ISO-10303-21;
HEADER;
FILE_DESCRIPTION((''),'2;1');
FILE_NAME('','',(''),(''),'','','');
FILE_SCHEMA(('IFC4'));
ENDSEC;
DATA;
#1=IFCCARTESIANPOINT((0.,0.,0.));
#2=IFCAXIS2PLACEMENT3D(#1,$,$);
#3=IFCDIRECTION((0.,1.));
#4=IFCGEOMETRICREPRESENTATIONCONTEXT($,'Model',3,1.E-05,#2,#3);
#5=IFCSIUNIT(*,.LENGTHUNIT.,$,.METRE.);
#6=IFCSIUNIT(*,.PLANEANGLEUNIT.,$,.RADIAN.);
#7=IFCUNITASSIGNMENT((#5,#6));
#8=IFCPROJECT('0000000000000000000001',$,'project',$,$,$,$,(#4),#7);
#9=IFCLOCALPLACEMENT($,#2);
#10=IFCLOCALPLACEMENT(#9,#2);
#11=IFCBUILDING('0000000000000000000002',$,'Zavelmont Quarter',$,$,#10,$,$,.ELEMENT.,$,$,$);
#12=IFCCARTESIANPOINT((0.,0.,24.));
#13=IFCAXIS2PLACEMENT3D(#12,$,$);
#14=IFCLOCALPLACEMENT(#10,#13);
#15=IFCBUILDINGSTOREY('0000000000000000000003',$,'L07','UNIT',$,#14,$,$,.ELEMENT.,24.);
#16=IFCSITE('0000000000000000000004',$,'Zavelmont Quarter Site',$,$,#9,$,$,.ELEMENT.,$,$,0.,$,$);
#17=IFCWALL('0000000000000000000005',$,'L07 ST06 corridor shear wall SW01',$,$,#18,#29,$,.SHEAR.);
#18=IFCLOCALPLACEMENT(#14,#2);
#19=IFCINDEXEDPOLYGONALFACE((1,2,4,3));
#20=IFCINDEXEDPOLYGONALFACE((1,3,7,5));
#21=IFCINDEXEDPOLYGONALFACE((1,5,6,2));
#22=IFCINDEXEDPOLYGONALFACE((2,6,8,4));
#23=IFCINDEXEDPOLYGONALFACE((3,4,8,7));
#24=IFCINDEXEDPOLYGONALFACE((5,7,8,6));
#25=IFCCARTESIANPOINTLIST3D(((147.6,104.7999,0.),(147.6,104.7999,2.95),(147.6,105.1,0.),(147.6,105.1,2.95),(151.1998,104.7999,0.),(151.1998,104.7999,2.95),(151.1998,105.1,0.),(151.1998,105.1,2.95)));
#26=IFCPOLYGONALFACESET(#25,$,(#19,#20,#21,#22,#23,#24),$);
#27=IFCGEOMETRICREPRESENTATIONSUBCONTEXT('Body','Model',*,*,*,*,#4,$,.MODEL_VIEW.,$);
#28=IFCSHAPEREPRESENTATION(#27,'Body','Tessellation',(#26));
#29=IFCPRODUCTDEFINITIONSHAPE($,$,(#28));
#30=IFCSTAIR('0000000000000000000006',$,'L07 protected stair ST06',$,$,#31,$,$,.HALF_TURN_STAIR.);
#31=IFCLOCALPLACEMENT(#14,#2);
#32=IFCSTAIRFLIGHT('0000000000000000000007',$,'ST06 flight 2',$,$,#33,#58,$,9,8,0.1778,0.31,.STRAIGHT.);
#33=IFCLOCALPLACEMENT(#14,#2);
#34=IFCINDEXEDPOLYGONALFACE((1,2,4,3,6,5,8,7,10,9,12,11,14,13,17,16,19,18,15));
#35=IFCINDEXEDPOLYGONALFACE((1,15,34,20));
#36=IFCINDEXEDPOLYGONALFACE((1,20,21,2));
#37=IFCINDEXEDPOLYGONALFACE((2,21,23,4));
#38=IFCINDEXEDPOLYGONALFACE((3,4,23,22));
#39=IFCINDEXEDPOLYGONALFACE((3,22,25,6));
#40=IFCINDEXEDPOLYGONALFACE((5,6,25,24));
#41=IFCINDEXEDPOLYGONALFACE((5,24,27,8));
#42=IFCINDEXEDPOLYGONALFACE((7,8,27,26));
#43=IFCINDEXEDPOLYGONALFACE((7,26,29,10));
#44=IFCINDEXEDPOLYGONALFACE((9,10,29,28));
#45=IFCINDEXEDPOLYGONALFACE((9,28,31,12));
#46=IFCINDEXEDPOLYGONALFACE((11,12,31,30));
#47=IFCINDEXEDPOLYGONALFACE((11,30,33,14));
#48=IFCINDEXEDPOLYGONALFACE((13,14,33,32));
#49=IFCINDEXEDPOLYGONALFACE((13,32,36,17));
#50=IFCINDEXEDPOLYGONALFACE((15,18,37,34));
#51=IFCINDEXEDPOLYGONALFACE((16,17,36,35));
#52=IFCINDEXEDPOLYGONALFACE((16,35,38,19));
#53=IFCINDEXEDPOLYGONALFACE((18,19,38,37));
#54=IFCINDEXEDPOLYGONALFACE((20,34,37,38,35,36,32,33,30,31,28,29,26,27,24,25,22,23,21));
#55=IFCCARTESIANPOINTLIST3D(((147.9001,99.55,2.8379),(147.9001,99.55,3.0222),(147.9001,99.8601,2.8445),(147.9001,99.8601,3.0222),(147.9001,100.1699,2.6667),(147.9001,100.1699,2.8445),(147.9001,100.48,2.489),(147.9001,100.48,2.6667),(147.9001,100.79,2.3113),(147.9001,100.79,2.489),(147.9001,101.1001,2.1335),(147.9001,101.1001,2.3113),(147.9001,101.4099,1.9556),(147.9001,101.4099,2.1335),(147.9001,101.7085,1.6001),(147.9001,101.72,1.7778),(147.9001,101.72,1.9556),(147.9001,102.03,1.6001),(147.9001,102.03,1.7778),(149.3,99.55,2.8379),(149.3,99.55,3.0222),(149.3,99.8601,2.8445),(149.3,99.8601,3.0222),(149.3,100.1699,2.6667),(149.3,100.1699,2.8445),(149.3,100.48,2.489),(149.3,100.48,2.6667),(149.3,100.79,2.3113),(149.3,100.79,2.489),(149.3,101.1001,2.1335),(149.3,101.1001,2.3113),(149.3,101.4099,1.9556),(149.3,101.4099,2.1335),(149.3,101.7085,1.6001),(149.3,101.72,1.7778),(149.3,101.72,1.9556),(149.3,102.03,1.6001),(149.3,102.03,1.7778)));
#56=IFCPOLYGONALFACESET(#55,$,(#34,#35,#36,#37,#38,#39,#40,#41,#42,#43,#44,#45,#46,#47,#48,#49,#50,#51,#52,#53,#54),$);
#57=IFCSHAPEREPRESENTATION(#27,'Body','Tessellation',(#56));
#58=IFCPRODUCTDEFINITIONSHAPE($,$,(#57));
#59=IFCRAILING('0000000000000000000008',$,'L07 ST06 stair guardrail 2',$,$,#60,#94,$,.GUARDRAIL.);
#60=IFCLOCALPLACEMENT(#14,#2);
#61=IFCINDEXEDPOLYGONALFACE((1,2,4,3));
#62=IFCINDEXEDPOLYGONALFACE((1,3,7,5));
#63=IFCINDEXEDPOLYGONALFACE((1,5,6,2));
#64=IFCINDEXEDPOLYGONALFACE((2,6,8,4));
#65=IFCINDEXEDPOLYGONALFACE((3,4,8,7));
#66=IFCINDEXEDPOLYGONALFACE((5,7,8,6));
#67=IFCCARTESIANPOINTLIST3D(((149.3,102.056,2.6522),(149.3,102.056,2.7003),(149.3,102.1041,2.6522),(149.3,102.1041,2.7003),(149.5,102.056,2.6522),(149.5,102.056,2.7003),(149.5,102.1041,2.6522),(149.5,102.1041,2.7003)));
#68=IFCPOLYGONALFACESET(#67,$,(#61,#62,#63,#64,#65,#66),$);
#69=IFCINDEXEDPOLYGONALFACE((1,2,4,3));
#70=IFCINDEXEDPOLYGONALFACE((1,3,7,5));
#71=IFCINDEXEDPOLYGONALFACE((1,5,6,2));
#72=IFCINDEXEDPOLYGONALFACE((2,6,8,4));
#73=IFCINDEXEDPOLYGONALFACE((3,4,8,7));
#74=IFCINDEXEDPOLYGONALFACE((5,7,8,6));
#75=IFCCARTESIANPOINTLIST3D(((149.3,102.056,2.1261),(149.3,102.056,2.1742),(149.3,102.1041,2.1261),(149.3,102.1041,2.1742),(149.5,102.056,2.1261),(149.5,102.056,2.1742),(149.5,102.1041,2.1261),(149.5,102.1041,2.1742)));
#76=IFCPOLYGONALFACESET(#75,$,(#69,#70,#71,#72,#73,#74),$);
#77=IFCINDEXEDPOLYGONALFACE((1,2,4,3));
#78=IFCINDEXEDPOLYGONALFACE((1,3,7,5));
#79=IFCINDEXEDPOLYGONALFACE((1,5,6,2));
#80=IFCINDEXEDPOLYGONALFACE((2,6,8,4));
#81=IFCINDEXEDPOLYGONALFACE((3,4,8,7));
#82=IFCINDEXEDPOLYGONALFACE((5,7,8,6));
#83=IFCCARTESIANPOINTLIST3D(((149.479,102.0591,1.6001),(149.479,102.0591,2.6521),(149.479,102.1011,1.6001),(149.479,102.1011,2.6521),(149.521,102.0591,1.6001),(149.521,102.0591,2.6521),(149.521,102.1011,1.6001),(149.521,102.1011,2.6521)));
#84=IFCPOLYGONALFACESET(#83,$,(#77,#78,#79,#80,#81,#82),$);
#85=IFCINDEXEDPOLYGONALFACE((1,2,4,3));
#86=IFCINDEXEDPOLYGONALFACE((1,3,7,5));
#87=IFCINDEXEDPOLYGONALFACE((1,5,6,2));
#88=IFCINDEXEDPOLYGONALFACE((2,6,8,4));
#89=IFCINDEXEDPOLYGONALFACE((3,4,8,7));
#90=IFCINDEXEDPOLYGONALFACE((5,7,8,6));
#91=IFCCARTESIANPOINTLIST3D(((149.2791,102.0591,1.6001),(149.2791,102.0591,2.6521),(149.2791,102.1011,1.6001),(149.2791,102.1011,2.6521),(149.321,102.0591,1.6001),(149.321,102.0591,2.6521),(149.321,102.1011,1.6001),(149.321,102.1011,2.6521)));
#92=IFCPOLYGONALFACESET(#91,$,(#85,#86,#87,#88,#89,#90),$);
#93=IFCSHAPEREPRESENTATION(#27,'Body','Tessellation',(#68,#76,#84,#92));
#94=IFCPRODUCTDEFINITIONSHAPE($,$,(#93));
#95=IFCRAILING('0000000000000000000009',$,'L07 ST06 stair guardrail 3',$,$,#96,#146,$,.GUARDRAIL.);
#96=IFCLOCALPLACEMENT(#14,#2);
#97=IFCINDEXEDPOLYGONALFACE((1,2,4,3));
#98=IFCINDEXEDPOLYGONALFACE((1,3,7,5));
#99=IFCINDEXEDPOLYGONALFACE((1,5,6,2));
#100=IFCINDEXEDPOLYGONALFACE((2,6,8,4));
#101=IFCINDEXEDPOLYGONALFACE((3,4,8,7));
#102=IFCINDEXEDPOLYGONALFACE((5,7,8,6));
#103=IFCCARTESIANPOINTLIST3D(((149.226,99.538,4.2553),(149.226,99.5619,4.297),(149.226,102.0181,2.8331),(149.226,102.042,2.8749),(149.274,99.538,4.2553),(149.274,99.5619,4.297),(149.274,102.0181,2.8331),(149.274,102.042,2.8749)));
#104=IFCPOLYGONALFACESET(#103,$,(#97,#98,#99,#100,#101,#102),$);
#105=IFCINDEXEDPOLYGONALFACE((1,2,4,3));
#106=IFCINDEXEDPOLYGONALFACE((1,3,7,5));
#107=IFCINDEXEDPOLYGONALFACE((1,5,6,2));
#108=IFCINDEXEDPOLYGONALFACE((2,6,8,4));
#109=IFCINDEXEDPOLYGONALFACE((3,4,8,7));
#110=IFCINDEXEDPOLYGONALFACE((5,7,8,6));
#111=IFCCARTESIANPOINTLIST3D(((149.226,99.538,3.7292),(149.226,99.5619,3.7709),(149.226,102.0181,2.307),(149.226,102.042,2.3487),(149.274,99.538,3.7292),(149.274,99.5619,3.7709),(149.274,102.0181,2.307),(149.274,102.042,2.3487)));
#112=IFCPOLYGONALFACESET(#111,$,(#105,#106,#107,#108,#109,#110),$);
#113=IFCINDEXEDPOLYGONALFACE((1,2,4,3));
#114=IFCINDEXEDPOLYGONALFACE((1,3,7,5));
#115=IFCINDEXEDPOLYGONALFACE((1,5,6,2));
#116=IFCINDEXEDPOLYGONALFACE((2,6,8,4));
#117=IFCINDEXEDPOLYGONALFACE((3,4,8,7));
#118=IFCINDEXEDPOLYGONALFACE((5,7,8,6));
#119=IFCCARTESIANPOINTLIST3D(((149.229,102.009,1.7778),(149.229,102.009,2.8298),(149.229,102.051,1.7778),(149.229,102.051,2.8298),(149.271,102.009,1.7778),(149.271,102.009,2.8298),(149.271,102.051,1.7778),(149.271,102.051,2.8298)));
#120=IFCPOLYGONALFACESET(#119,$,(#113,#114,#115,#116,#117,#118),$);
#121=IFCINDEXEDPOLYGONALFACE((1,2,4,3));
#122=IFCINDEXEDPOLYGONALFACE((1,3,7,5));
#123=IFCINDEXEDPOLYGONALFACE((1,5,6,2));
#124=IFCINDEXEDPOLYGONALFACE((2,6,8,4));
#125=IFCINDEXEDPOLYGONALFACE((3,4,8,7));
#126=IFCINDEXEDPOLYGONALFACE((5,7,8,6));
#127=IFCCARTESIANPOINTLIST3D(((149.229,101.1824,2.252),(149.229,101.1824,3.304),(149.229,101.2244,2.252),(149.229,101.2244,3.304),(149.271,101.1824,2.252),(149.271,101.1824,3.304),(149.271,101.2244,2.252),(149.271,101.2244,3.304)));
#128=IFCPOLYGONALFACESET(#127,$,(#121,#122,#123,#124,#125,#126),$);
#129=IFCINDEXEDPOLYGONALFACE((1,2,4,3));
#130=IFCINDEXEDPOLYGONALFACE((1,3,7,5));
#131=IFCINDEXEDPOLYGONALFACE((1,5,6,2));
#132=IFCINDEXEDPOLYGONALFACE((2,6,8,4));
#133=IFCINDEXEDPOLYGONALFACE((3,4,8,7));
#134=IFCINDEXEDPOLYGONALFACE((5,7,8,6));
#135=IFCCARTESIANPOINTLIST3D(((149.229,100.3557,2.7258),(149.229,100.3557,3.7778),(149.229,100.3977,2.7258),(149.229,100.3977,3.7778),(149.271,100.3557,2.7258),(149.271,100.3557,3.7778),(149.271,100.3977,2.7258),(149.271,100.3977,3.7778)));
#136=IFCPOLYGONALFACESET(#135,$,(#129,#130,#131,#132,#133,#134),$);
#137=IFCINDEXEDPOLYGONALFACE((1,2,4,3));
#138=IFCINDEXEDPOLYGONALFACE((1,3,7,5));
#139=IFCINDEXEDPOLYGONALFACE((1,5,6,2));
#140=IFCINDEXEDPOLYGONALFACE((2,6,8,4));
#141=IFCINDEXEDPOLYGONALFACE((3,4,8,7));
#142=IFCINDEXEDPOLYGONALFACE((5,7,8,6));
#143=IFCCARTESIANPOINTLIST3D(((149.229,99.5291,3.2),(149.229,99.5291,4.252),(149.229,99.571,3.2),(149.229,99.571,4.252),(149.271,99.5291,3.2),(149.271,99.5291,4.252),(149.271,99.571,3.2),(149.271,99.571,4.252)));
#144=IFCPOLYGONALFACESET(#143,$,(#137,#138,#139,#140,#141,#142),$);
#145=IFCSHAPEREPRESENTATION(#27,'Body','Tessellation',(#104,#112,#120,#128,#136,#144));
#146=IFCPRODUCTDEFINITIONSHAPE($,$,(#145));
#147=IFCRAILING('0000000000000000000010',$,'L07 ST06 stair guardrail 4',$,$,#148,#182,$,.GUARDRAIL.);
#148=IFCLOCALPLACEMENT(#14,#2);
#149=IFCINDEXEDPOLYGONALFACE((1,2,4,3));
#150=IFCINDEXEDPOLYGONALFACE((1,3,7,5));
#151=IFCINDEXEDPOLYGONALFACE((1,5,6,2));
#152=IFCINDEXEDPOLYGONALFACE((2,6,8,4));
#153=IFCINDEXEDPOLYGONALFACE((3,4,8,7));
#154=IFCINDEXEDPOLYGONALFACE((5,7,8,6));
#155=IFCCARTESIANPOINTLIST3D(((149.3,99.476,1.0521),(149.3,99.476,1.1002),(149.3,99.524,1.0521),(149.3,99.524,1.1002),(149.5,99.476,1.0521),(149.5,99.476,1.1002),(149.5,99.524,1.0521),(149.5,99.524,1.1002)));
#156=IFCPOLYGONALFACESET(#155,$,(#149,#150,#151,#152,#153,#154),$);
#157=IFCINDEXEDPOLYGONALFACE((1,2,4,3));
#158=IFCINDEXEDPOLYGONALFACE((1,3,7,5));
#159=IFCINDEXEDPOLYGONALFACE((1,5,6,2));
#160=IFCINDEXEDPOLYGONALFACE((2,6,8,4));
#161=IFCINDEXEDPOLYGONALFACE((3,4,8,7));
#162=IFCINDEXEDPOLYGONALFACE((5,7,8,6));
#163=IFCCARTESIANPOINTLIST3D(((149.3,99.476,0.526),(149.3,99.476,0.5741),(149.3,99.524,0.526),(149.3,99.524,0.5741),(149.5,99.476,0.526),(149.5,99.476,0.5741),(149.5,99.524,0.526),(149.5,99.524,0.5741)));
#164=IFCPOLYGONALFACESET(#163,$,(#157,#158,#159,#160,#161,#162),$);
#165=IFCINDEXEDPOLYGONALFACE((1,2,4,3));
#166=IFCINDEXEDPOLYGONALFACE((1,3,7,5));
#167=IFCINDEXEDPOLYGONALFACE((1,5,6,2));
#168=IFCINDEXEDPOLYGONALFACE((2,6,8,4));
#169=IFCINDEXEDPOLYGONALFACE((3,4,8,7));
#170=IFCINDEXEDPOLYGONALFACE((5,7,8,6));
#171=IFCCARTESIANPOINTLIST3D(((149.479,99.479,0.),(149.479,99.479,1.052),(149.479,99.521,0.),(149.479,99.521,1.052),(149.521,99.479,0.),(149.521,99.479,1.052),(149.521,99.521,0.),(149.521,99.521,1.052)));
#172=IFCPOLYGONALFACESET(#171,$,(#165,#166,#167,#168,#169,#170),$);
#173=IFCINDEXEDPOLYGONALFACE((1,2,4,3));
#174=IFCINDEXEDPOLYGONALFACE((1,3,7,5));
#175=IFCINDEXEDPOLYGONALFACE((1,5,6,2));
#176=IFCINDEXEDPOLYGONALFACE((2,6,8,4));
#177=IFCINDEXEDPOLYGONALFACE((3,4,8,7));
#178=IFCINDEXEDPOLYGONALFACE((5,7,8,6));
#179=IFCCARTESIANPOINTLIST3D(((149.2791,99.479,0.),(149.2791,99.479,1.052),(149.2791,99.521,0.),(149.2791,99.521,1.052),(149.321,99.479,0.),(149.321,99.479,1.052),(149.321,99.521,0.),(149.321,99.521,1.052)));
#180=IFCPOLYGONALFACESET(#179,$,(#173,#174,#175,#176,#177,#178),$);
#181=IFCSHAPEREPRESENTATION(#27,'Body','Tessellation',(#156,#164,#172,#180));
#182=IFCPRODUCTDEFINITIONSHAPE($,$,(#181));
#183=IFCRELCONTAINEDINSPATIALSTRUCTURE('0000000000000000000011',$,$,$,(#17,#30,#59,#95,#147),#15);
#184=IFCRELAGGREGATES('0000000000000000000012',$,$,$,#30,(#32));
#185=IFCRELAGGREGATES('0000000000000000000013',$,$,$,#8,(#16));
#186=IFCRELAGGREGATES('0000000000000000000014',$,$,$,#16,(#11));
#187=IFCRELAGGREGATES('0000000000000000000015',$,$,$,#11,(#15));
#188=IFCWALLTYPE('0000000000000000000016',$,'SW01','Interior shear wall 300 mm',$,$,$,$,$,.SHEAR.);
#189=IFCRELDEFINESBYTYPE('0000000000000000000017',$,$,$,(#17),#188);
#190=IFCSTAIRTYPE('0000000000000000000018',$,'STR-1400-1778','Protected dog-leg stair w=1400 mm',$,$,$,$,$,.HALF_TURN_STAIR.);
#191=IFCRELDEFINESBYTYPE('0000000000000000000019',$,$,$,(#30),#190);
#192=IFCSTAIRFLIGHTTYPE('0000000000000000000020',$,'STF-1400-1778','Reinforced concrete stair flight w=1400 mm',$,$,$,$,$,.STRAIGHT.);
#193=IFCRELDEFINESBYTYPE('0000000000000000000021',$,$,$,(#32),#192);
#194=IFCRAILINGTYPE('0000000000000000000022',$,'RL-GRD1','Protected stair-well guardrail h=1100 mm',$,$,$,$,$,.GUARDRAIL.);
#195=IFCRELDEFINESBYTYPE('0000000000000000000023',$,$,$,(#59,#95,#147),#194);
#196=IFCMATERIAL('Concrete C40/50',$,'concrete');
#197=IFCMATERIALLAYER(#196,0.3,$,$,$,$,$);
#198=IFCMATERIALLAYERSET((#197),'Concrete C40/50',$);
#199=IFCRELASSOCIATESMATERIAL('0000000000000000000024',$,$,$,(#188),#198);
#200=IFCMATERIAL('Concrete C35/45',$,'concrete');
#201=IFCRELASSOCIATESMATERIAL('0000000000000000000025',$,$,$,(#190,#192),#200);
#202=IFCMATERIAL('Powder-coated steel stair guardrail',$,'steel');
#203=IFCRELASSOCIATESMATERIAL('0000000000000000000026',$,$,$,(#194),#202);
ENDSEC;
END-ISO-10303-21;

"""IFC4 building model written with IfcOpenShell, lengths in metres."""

from ifc_helpers import new_model, si_unit, direction, frame, frame_2d, origin, origin_2d, place, context, subcontext, project, spatial, polyline, rectangle, outline, extrude, material, layer, layer_set, type_object, element, aggregate, save


model = new_model("IFC4")

# Units and contexts
model_context = context("Model", 3, precision=1e-05, world=origin(), true_north=direction((0.0, 1.0)))
body_context = subcontext(model_context, "Body", "Model", "MODEL_VIEW")
ifc_project = project(units=[si_unit("LENGTHUNIT", "METRE"), si_unit("PLANEANGLEUNIT", "RADIAN")], contexts=[model_context])

# Site, building, storey
site_placement = place(None, origin())
site = spatial("IfcSite", under=ifc_project, at=site_placement, Name="Zavelmont Quarter Site", CompositionType="ELEMENT", RefElevation=0.0)
building_placement = place(site_placement, origin())
building = spatial("IfcBuilding", under=site, at=building_placement, Name="Zavelmont Quarter", CompositionType="ELEMENT")
storey_placement = place(building_placement, frame((0.0, 0.0, 24.0)))
storey = spatial("IfcBuildingStorey", under=building, at=storey_placement, Name="L07", Description="UNIT", CompositionType="ELEMENT", Elevation=24.0)

# Shared definitions
ifc_material_1 = material(Name="Concrete C35/45", Category="concrete")

# Shared definitions
ifc_material_2 = material(Name="Concrete C40/50", Category="concrete")

# Wall
ifc_layer_1 = layer(ifc_material_2, 0.3)
ifc_layer_set_1 = layer_set([ifc_layer_1], Name="Concrete C40/50")
wall_type_1 = type_object("IfcWallType", Name="SW01", Description="Interior shear wall 300 mm", PredefinedType="SHEAR", material=ifc_layer_set_1)
wall_1_placement = place(storey_placement, frame((147.6001, 104.95, 0.0), z_axis=(0.0, 0.0, 1.0), x_axis=(1.0, 0.0, 0.0)))
element("IfcWall", 1, at=wall_1_placement, inside=storey, type_object=wall_type_1, Name="L07 ST06 corridor shear wall SW01", PredefinedType="SHEAR", context=body_context, shape_type="SweptSolid", body=[
    extrude(rectangle(XDim=3.5999, YDim=0.3, at=frame_2d((1.7998, 0.0))), origin(), (0.0, 0.0, 1.0), 2.95),
])

# Stair, stair flight
stair_type = type_object("IfcStairType", Name="STR-1400-1778", Description="Protected dog-leg stair w=1400 mm", PredefinedType="HALF_TURN_STAIR", material=ifc_material_1)
stair_placement = place(storey_placement, origin())
stair = element("IfcStair", 2, at=stair_placement, inside=storey, type_object=stair_type, Name="L07 protected stair ST06", PredefinedType="HALF_TURN_STAIR")
stair_flight_type = type_object("IfcStairFlightType", Name="STF-1400-1778", Description="Reinforced concrete stair flight w=1400 mm", PredefinedType="STRAIGHT", material=ifc_material_1)
stair_flight_placement = place(storey_placement, frame((148.6001, 102.03, 1.6001), z_axis=(0.0, 0.0, 1.0), x_axis=(0.0, -1.0, 0.0)))
stair_flight = element("IfcStairFlight", 3, at=stair_flight_placement, type_object=stair_flight_type, Name="ST06 flight 2", NumberOfRisers=9, NumberOfTreads=8, PredefinedType="STRAIGHT", RiserHeight=0.1778, TreadLength=0.31, context=body_context, shape_type="SweptSolid", body=[
    extrude(outline(polyline([(0.0, 0.0), (0.0, 0.1777), (0.3101, 0.1777), (0.3101, 0.3555), (0.6201, 0.3555), (0.6201, 0.5334), (0.9299, 0.5334), (0.9299, 0.7112), (1.24, 0.7112), (1.24, 0.8889), (1.55, 0.8889), (1.55, 1.0667), (1.8601, 1.0667), (1.8601, 1.2444), (2.1699, 1.2444), (2.1699, 1.4221), (2.48, 1.4221), (2.48, 1.6001), (2.48, 1.2378), (0.3215, 0.0), (0.0, 0.0)])), frame((0.0, 0.7, 0.0), z_axis=(0.0, -1.0, 0.0), x_axis=(1.0, 0.0, 0.0)), (0.0, 0.0, 1.0), 1.3999),
])
aggregate(stair, [stair_flight])

# Railings
ifc_material_3 = material(Name="Powder-coated steel stair guardrail", Category="steel")
railing_type_1 = type_object("IfcRailingType", Name="RL-GRD1", Description="Protected stair-well guardrail h=1100 mm", PredefinedType="GUARDRAIL", material=ifc_material_3)
railing_1_placement = place(storey_placement, frame((149.5, 102.0801, 1.6001)))
element("IfcRailing", 4, at=railing_1_placement, inside=storey, type_object=railing_type_1, Name="L07 ST06 stair guardrail 2", PredefinedType="GUARDRAIL", context=body_context, shape_type="SweptSolid", body=[
    extrude(rectangle(XDim=0.0481, YDim=0.0481, at=origin_2d()), frame((0.0, 0.0, 1.0762), z_axis=(-1.0, 0.0, 0.0), x_axis=(0.0, -1.0, 0.0)), (0.0, 0.0, 1.0), 0.2),
    extrude(rectangle(XDim=0.0481, YDim=0.0481, at=origin_2d()), frame((0.0, 0.0, 0.55), z_axis=(-1.0, 0.0, 0.0), x_axis=(0.0, -1.0, 0.0)), (0.0, 0.0, 1.0), 0.2),
    extrude(rectangle(XDim=0.042, YDim=0.042, at=origin_2d()), origin(), (0.0, 0.0, 1.0), 1.052),
    extrude(rectangle(XDim=0.042, YDim=0.042, at=origin_2d()), frame((-0.2, 0.0, 0.0)), (0.0, 0.0, 1.0), 1.052),
])
railing_2_placement = place(storey_placement, frame((149.25, 102.03, 1.7778)))
element("IfcRailing", 5, at=railing_2_placement, inside=storey, type_object=railing_type_1, Name="L07 ST06 stair guardrail 3", PredefinedType="GUARDRAIL", context=body_context, shape_type="SweptSolid", body=[
    extrude(rectangle(XDim=0.0481, YDim=0.0481, at=origin_2d()), frame((0.0, 0.0, 1.0762), z_axis=(0.0, -0.867491, 0.497454), x_axis=(1.0, 0.0, 0.0)), (0.0, 0.0, 1.0), 2.8589),
    extrude(rectangle(XDim=0.0481, YDim=0.0481, at=origin_2d()), frame((0.0, 0.0, 0.55), z_axis=(0.0, -0.867491, 0.497454), x_axis=(1.0, 0.0, 0.0)), (0.0, 0.0, 1.0), 2.8589),
    extrude(rectangle(XDim=0.042, YDim=0.042, at=origin_2d()), origin(), (0.0, 0.0, 1.0), 1.052),
    extrude(rectangle(XDim=0.042, YDim=0.042, at=origin_2d()), frame((0.0, -0.8267, 0.4741)), (0.0, 0.0, 1.0), 1.052),
    extrude(rectangle(XDim=0.042, YDim=0.042, at=origin_2d()), frame((0.0, -1.6533, 0.948)), (0.0, 0.0, 1.0), 1.052),
    extrude(rectangle(XDim=0.042, YDim=0.042, at=origin_2d()), frame((0.0, -2.48, 1.4221)), (0.0, 0.0, 1.0), 1.052),
])
railing_3_placement = place(storey_placement, frame((149.5, 99.5, 0.0)))
element("IfcRailing", 6, at=railing_3_placement, inside=storey, type_object=railing_type_1, Name="L07 ST06 stair guardrail 4", PredefinedType="GUARDRAIL", context=body_context, shape_type="SweptSolid", body=[
    extrude(rectangle(XDim=0.0481, YDim=0.0481, at=origin_2d()), frame((0.0, 0.0, 1.0762), z_axis=(-1.0, 0.0, 0.0), x_axis=(0.0, -1.0, 0.0)), (0.0, 0.0, 1.0), 0.2),
    extrude(rectangle(XDim=0.0481, YDim=0.0481, at=origin_2d()), frame((0.0, 0.0, 0.55), z_axis=(-1.0, 0.0, 0.0), x_axis=(0.0, -1.0, 0.0)), (0.0, 0.0, 1.0), 0.2),
    extrude(rectangle(XDim=0.042, YDim=0.042, at=origin_2d()), origin(), (0.0, 0.0, 1.0), 1.052),
    extrude(rectangle(XDim=0.042, YDim=0.042, at=origin_2d()), frame((-0.2, 0.0, 0.0)), (0.0, 0.0, 1.0), 1.052),
])

save(model, "model.ifc")
